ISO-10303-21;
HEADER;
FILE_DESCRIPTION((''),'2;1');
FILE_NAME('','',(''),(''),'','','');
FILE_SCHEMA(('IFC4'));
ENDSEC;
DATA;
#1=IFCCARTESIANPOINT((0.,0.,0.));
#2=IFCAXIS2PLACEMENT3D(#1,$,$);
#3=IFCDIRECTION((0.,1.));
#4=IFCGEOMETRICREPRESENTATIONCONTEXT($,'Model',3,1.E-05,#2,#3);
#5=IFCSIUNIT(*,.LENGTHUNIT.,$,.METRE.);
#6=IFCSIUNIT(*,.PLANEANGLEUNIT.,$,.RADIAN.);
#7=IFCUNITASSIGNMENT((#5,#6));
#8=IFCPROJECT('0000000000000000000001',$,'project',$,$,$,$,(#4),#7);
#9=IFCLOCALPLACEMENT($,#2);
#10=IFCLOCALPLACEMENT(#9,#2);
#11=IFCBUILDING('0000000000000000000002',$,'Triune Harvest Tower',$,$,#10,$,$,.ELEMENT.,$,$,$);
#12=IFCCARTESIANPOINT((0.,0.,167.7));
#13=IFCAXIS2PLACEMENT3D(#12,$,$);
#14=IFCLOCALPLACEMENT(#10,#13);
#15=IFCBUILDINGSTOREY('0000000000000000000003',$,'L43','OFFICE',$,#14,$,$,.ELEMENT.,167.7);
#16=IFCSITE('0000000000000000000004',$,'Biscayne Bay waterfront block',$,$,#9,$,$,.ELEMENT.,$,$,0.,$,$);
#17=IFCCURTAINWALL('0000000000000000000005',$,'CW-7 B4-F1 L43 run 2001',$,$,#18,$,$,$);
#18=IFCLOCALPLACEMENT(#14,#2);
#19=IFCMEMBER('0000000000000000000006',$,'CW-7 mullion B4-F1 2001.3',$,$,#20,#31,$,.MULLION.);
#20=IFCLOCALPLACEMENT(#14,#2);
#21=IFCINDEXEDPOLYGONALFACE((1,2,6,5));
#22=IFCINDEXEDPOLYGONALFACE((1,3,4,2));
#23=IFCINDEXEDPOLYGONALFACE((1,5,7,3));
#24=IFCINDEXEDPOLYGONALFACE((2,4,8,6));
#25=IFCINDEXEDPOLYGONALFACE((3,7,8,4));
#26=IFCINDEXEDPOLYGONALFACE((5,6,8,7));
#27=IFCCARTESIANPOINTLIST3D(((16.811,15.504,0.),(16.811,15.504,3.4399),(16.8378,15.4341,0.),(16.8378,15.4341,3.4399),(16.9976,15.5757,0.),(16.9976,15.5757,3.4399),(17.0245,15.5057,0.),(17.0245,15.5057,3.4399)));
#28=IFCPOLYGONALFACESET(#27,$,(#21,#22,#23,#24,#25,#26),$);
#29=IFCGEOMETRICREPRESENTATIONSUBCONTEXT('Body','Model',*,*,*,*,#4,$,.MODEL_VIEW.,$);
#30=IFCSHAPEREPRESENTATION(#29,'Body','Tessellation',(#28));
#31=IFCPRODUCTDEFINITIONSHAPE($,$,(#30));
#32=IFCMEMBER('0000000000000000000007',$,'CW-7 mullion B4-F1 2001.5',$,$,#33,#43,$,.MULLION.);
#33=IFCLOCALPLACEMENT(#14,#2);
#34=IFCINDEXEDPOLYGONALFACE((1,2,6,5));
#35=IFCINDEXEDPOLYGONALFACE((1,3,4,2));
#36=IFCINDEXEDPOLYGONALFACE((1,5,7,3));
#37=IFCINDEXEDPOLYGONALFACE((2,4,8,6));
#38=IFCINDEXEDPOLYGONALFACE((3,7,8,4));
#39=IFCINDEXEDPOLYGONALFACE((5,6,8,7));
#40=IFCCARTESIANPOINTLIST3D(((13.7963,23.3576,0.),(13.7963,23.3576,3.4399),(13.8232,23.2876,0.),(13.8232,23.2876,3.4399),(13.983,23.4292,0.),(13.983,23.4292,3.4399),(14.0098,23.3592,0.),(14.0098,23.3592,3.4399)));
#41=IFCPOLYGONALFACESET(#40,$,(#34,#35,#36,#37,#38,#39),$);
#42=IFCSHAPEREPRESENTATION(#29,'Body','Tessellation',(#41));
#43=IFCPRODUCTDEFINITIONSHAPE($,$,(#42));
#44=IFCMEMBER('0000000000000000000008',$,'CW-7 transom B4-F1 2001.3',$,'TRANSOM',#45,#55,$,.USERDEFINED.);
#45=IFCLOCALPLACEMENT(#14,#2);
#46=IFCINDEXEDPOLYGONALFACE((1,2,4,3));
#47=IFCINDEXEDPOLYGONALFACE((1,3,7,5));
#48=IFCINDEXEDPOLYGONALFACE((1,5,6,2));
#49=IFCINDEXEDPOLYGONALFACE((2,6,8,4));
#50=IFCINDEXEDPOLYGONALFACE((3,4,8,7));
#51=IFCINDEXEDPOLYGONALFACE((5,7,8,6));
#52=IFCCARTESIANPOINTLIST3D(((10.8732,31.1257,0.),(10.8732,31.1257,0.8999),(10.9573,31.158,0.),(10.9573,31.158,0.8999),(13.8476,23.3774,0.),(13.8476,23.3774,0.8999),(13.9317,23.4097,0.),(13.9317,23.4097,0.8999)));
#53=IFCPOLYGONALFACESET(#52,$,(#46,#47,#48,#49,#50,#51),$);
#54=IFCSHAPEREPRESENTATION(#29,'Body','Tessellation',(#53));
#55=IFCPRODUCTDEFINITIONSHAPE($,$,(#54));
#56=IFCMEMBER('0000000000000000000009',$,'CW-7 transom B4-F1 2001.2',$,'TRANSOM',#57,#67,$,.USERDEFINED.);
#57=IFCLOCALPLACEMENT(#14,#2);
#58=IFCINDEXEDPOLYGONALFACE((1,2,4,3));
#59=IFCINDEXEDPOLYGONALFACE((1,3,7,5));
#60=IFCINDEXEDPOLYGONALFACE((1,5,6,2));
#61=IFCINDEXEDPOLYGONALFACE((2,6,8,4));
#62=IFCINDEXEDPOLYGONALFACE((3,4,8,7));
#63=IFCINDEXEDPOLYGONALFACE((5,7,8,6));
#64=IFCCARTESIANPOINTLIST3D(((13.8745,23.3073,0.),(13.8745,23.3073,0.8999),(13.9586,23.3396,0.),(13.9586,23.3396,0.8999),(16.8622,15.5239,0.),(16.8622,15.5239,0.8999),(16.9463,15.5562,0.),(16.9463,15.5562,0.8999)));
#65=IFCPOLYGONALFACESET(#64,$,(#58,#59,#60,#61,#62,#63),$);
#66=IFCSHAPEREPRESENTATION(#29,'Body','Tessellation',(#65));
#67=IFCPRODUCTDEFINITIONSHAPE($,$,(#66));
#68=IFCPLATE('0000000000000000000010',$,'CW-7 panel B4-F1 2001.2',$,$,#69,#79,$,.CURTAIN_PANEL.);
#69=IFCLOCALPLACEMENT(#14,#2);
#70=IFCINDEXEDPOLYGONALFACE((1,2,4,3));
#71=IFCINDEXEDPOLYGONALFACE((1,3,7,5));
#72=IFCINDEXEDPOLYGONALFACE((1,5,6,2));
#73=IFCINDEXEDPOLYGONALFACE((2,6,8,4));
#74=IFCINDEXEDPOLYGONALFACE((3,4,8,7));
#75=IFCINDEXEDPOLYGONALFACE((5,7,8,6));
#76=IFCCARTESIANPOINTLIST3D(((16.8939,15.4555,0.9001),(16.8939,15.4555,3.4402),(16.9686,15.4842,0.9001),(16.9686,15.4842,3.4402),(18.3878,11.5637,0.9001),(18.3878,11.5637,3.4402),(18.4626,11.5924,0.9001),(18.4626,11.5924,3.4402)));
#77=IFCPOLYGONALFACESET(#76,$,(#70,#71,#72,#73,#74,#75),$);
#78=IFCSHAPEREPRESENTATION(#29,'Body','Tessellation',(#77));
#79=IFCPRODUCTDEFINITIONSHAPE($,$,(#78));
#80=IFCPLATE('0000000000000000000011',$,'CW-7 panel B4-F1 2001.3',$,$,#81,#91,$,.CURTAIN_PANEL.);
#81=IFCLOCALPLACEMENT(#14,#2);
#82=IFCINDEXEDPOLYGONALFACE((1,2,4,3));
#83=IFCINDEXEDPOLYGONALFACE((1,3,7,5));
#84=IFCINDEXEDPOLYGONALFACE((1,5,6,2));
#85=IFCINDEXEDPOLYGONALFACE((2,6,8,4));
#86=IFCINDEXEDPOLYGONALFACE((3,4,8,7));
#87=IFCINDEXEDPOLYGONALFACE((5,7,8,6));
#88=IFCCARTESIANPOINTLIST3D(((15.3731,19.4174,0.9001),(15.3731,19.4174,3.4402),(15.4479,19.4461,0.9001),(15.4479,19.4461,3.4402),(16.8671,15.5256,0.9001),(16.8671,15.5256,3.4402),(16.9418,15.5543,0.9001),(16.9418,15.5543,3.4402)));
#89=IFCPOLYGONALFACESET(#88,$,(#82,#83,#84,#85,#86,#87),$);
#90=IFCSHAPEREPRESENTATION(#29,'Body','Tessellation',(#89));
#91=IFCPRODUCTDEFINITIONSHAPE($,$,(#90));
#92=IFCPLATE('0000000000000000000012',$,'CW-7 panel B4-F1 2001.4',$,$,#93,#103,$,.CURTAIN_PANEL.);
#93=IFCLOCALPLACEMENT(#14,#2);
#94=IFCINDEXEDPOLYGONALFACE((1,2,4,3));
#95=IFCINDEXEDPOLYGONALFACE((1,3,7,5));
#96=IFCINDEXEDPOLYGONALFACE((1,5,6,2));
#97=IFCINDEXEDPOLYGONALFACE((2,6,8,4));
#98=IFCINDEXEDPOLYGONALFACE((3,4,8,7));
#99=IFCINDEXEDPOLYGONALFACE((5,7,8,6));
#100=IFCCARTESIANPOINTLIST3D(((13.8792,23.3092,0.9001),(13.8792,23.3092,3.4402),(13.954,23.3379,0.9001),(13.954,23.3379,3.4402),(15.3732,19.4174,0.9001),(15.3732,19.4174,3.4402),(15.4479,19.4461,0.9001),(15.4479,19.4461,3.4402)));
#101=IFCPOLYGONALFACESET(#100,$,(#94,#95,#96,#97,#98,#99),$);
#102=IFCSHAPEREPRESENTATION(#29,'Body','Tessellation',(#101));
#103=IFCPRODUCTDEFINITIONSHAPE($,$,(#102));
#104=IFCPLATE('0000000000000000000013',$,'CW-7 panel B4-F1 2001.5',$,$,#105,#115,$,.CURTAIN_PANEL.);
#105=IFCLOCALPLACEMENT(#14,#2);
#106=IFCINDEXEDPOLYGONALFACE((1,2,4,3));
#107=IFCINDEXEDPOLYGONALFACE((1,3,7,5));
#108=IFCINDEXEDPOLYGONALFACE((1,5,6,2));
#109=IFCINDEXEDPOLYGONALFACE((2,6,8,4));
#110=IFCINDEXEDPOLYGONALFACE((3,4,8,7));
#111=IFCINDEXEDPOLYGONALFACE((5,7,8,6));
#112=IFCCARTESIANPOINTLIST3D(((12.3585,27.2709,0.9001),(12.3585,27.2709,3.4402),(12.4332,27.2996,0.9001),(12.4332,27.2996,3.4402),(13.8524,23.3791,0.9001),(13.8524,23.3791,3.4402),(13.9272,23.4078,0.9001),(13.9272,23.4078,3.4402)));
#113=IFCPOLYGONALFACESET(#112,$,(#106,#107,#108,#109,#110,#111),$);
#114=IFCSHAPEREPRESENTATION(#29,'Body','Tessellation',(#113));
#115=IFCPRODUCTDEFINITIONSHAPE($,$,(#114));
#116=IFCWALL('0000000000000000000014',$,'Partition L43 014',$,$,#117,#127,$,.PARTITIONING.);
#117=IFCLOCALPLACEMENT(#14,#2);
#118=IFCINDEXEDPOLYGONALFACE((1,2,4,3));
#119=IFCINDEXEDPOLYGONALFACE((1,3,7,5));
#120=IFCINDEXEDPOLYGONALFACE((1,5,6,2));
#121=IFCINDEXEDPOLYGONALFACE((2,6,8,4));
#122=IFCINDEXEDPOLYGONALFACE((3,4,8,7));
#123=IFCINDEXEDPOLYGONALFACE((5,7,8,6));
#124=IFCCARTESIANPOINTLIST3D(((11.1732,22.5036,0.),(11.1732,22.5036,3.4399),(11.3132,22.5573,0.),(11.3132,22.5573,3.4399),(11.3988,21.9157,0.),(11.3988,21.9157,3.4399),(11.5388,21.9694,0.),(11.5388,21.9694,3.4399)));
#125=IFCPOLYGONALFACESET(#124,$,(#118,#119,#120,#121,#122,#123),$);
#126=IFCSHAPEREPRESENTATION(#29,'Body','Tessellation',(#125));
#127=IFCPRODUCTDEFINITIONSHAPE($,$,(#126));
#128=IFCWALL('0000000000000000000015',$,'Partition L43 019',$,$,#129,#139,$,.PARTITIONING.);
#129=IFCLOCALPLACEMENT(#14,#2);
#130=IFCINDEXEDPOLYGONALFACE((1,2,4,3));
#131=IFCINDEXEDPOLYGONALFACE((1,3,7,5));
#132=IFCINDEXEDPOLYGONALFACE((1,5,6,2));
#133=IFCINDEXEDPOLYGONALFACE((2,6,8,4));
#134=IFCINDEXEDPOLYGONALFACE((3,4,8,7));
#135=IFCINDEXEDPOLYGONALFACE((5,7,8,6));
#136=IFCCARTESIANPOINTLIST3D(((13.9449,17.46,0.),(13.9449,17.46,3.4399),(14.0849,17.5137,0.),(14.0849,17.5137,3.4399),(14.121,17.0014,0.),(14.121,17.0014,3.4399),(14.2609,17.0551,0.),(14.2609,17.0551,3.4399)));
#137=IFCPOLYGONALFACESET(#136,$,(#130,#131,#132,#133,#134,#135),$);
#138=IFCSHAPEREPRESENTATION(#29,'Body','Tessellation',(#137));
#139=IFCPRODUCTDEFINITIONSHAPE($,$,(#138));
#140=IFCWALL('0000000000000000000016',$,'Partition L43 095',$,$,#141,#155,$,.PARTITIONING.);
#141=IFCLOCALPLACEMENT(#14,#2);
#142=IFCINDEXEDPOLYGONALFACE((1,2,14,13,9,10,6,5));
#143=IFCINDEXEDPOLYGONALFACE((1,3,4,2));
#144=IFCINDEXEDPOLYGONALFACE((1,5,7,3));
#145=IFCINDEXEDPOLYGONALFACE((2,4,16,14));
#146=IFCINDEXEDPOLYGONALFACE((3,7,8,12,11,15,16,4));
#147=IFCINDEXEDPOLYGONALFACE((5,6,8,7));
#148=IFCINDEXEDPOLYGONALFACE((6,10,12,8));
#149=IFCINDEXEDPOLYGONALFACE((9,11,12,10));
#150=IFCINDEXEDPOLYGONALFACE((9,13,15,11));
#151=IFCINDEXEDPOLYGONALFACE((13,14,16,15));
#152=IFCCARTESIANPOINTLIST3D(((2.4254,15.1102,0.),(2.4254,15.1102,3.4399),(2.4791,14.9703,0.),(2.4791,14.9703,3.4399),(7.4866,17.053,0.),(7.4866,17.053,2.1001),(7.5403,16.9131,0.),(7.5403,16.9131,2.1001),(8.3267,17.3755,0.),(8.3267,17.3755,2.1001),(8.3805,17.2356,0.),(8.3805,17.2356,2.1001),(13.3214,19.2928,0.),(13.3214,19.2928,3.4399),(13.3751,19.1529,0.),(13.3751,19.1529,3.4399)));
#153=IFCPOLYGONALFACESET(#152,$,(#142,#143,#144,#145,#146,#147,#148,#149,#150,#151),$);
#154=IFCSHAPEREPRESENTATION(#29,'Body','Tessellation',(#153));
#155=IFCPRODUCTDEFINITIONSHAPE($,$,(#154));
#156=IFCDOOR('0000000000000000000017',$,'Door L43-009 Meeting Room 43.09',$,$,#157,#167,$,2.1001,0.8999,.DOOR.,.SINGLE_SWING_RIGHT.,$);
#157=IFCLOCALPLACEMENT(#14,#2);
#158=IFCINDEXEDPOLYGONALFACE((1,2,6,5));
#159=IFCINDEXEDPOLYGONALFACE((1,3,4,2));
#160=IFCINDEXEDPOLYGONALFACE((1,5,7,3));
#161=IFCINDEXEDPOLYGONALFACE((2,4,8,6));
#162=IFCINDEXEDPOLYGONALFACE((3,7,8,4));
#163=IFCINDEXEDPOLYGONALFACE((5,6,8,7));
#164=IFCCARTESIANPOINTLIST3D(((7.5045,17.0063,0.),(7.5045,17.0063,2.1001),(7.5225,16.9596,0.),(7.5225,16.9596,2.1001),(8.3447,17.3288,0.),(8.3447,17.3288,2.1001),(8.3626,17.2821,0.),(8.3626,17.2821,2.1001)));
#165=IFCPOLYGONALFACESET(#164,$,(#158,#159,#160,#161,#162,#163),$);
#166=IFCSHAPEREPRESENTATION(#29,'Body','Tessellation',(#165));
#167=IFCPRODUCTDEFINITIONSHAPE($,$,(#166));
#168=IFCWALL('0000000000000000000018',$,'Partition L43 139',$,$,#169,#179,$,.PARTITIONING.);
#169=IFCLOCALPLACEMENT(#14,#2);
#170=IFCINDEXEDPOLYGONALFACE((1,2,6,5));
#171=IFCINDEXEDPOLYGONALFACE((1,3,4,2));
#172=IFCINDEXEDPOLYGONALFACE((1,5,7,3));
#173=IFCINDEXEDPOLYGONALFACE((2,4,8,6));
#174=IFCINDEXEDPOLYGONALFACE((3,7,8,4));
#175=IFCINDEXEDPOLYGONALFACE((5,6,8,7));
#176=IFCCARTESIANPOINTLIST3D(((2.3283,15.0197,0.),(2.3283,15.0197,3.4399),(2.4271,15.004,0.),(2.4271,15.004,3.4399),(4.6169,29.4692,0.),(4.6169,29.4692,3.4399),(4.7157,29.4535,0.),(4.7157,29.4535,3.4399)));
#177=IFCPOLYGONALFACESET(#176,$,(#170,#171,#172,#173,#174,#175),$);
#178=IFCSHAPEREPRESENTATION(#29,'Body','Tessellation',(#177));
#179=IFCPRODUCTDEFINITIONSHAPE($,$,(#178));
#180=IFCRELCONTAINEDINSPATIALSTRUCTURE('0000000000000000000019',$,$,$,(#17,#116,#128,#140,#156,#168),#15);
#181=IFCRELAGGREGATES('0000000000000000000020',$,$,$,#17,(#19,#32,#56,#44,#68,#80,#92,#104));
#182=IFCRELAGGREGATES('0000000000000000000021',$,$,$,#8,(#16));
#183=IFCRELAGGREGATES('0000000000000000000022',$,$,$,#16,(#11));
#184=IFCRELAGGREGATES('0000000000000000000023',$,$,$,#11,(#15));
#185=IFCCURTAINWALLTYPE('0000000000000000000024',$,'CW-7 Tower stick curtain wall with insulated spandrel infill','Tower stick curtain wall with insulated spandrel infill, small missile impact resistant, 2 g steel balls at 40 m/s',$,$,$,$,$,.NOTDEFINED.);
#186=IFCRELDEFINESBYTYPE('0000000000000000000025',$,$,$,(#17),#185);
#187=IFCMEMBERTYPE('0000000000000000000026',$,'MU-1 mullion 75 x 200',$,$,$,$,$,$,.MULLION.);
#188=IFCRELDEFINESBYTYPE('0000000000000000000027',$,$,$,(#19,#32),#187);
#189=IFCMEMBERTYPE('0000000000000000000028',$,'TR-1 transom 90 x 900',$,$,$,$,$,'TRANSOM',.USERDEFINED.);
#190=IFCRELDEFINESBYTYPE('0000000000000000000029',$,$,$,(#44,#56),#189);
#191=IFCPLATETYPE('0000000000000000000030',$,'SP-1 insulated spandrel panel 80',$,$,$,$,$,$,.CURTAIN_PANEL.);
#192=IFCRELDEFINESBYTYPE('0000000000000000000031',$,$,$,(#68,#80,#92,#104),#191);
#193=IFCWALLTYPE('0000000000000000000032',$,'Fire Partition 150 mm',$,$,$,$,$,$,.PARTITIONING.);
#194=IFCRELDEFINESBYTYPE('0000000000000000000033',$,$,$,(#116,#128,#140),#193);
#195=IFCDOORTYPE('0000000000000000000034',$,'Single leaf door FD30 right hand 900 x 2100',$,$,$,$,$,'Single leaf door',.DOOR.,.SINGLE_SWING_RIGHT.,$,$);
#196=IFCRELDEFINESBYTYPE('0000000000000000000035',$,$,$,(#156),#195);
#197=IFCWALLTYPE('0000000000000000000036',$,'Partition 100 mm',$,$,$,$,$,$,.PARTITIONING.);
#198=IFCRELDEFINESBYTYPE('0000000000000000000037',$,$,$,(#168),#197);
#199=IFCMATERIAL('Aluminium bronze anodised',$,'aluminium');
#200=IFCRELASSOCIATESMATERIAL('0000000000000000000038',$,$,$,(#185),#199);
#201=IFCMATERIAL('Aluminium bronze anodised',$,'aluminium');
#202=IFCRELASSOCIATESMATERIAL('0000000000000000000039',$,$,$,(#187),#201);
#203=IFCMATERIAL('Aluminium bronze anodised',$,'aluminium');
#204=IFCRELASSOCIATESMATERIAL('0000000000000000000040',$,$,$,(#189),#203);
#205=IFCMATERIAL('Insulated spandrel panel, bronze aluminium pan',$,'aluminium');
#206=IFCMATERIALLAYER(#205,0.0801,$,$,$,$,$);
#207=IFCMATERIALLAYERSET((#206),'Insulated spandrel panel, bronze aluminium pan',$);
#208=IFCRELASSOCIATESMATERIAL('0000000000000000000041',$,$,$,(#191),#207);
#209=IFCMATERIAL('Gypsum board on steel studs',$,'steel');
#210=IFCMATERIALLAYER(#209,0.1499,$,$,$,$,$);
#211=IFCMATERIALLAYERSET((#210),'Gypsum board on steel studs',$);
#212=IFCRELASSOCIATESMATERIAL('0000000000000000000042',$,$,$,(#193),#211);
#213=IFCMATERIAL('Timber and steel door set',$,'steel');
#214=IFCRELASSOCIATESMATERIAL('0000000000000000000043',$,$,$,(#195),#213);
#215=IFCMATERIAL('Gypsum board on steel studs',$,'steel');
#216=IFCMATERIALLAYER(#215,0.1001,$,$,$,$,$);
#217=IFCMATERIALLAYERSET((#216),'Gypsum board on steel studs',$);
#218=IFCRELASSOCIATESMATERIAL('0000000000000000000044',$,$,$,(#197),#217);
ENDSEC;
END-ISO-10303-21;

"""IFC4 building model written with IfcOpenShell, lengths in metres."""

from ifc_helpers import new_model, si_unit, direction, frame, frame_2d, origin, origin_2d, place, context, subcontext, project, spatial, rectangle, extrude, source, transform, mapped, material, layer, layer_set, material_profile, profile_set, type_object, element, fill, aggregate, save


model = new_model("IFC4")

# Units and contexts
model_context = context("Model", 3, precision=1e-05, world=origin(), true_north=direction((0.0, 1.0)))
body_context = subcontext(model_context, "Body", "Model", "MODEL_VIEW")
ifc_project = project(units=[si_unit("LENGTHUNIT", "METRE"), si_unit("PLANEANGLEUNIT", "RADIAN")], contexts=[model_context])

# Site, building, storey
site_placement = place(None, origin())
site = spatial("IfcSite", under=ifc_project, at=site_placement, Name="Biscayne Bay waterfront block", CompositionType="ELEMENT", RefElevation=0.0)
building_placement = place(site_placement, origin())
building = spatial("IfcBuilding", under=site, at=building_placement, Name="Triune Harvest Tower", CompositionType="ELEMENT")
storey_placement = place(building_placement, frame((0.0, 0.0, 167.7)))
storey = spatial("IfcBuildingStorey", under=building, at=storey_placement, Name="L43", Description="OFFICE", CompositionType="ELEMENT", Elevation=167.7)

# Curtain wall, members, plates
ifc_material_1 = material(Name="Aluminium bronze anodised", Category="aluminium")
curtain_wall_type = type_object("IfcCurtainWallType", Name="CW-7 Tower stick curtain wall with insulated spandrel infill", Description="Tower stick curtain wall with insulated spandrel infill, small missile impact resistant, 2 g steel balls at 40 m/s", PredefinedType="NOTDEFINED", material=ifc_material_1)
curtain_wall_placement = place(storey_placement, origin())
curtain_wall = element("IfcCurtainWall", 1, at=curtain_wall_placement, inside=storey, type_object=curtain_wall_type, Name="CW-7 B4-F1 L43 run 2001")
ifc_material_2 = material(Name="Aluminium bronze anodised", Category="aluminium")
ifc_material_profile_1 = material_profile(ifc_material_2, rectangle(XDim=0.2, YDim=0.075, at=origin_2d()), Name="MU-1 mullion 75 x 200")
ifc_profile_set_1 = profile_set([ifc_material_profile_1], Name="Aluminium bronze anodised")
member_type_1 = type_object("IfcMemberType", Name="MU-1 mullion 75 x 200", PredefinedType="MULLION", material=ifc_profile_set_1)
shared_shape_1 = source(origin(), body_context, "Body", "SweptSolid", [
    extrude(rectangle(XDim=0.2, YDim=0.075, at=origin_2d()), origin(), (0.0, 0.0, 1.0), 3.4399),
])
member_1_placement = place(storey_placement, frame((16.9177, 15.5049, 0.0), z_axis=(0.0, 0.0, 1.0), x_axis=(-0.933581, -0.358368, 0.0)))
member_1 = element("IfcMember", 2, at=member_1_placement, type_object=member_type_1, Name="CW-7 mullion B4-F1 2001.3", PredefinedType="MULLION", context=body_context, shape_type="MappedRepresentation", body=[
    mapped(shared_shape_1, transform((0.0, 0.0, 0.0), scale=1.0)),
])
member_2_placement = place(storey_placement, frame((13.9031, 23.3584, 0.0), z_axis=(0.0, 0.0, 1.0), x_axis=(-0.933581, -0.358368, 0.0)))
member_2 = element("IfcMember", 3, at=member_2_placement, type_object=member_type_1, Name="CW-7 mullion B4-F1 2001.5", PredefinedType="MULLION", context=body_context, shape_type="MappedRepresentation", body=[
    mapped(shared_shape_1, transform((0.0, 0.0, 0.0), scale=1.0)),
])
ifc_material_3 = material(Name="Aluminium bronze anodised", Category="aluminium")
ifc_material_profile_2 = material_profile(ifc_material_3, rectangle(XDim=0.0901, YDim=0.8999, at=origin_2d()), Name="TR-1 transom 90 x 900")
ifc_profile_set_2 = profile_set([ifc_material_profile_2], Name="Aluminium bronze anodised")
member_type_2 = type_object("IfcMemberType", Name="TR-1 transom 90 x 900", ElementType="TRANSOM", PredefinedType="USERDEFINED", material=ifc_profile_set_2)
shared_shape_2 = source(origin(), body_context, "Body", "SweptSolid", [
    extrude(rectangle(XDim=0.0901, YDim=0.8999, at=origin_2d()), origin(), (0.0, 0.0, 1.0), 8.2996),
])
member_3_placement = place(storey_placement, frame((13.8896, 23.3936, 0.45), z_axis=(-0.358376, 0.933577, 0.0), x_axis=(-0.933577, -0.358376, 0.0)))
member_3 = element("IfcMember", 4, at=member_3_placement, type_object=member_type_2, Name="CW-7 transom B4-F1 2001.3", ObjectType="TRANSOM", PredefinedType="USERDEFINED", context=body_context, shape_type="MappedRepresentation", body=[
    mapped(shared_shape_2, transform((0.0, 0.0, 0.0), scale=1.0)),
])
shared_shape_3 = source(origin(), body_context, "Body", "SweptSolid", [
    extrude(rectangle(XDim=0.0901, YDim=0.8999, at=origin_2d()), origin(), (0.0, 0.0, 1.0), 8.3372),
])
member_4_placement = place(storey_placement, frame((16.9043, 15.54, 0.45), z_axis=(-0.358369, 0.93358, 0.0), x_axis=(-0.93358, -0.358369, 0.0)))
member_4 = element("IfcMember", 5, at=member_4_placement, type_object=member_type_2, Name="CW-7 transom B4-F1 2001.2", ObjectType="TRANSOM", PredefinedType="USERDEFINED", context=body_context, shape_type="MappedRepresentation", body=[
    mapped(shared_shape_3, transform((0.0, 0.0, 0.0), scale=1.0)),
])
ifc_material_4 = material(Name="Insulated spandrel panel, bronze aluminium pan", Category="aluminium")
ifc_layer_1 = layer(ifc_material_4, 0.0801)
ifc_layer_set_1 = layer_set([ifc_layer_1], Name="Insulated spandrel panel, bronze aluminium pan")
plate_type = type_object("IfcPlateType", Name="SP-1 insulated spandrel panel 80", PredefinedType="CURTAIN_PANEL", material=ifc_layer_set_1)
shared_shape_4 = source(origin(), body_context, "Body", "SweptSolid", [
    extrude(rectangle(XDim=4.1687, YDim=0.0801, at=origin_2d()), origin(), (0.0, 0.0, 1.0), 2.54),
])
plate_1_placement = place(storey_placement, frame((17.6782, 13.5239, 0.9001), z_axis=(0.0, 0.0, 1.0), x_axis=(-0.358368, 0.933581, 0.0)))
plate_1 = element("IfcPlate", 6, at=plate_1_placement, type_object=plate_type, Name="CW-7 panel B4-F1 2001.2", PredefinedType="CURTAIN_PANEL", context=body_context, shape_type="MappedRepresentation", body=[
    mapped(shared_shape_4, transform((0.0, 0.0, 0.0), scale=1.0)),
])
plate_2_placement = place(storey_placement, frame((16.1575, 17.4858, 0.9001), z_axis=(0.0, 0.0, 1.0), x_axis=(-0.358368, 0.933581, 0.0)))
plate_2 = element("IfcPlate", 7, at=plate_2_placement, type_object=plate_type, Name="CW-7 panel B4-F1 2001.3", PredefinedType="CURTAIN_PANEL", context=body_context, shape_type="MappedRepresentation", body=[
    mapped(shared_shape_4, transform((0.0, 0.0, 0.0), scale=1.0)),
])
plate_3_placement = place(storey_placement, frame((14.6636, 21.3777, 0.9001), z_axis=(0.0, 0.0, 1.0), x_axis=(-0.358368, 0.933581, 0.0)))
plate_3 = element("IfcPlate", 8, at=plate_3_placement, type_object=plate_type, Name="CW-7 panel B4-F1 2001.4", PredefinedType="CURTAIN_PANEL", context=body_context, shape_type="MappedRepresentation", body=[
    mapped(shared_shape_4, transform((0.0, 0.0, 0.0), scale=1.0)),
])
plate_4_placement = place(storey_placement, frame((13.1428, 25.3394, 0.9001), z_axis=(0.0, 0.0, 1.0), x_axis=(-0.358368, 0.933581, 0.0)))
plate_4 = element("IfcPlate", 9, at=plate_4_placement, type_object=plate_type, Name="CW-7 panel B4-F1 2001.5", PredefinedType="CURTAIN_PANEL", context=body_context, shape_type="MappedRepresentation", body=[
    mapped(shared_shape_4, transform((0.0, 0.0, 0.0), scale=1.0)),
])
aggregate(curtain_wall, [member_1, member_2, member_4, member_3, plate_1, plate_2, plate_3, plate_4])

# Walls
ifc_material_5 = material(Name="Gypsum board on steel studs", Category="steel")
ifc_layer_2 = layer(ifc_material_5, 0.1499)
ifc_layer_set_2 = layer_set([ifc_layer_2], Name="Gypsum board on steel studs")
wall_type_1 = type_object("IfcWallType", Name="Fire Partition 150 mm", PredefinedType="PARTITIONING", material=ifc_layer_set_2)
wall_1_placement = place(storey_placement, frame((11.2432, 22.5305, 0.0), z_axis=(0.0, 0.0, 1.0), x_axis=(0.358251, -0.933625, 0.0)))
element("IfcWall", 10, at=wall_1_placement, inside=storey, type_object=wall_type_1, Name="Partition L43 014", PredefinedType="PARTITIONING", context=body_context, shape_type="SweptSolid", body=[
    extrude(rectangle(XDim=0.6296, YDim=0.1499, at=frame_2d((0.3149, 0.0))), origin(), (0.0, 0.0, 1.0), 3.4399),
])
wall_2_placement = place(storey_placement, frame((14.0149, 17.4868, 0.0), z_axis=(0.0, 0.0, 1.0), x_axis=(0.358413, -0.933563, 0.0)))
element("IfcWall", 11, at=wall_2_placement, inside=storey, type_object=wall_type_1, Name="Partition L43 019", PredefinedType="PARTITIONING", context=body_context, shape_type="SweptSolid", body=[
    extrude(rectangle(XDim=0.4912, YDim=0.1499, at=frame_2d((0.2456, 0.0))), origin(), (0.0, 0.0, 1.0), 3.4399),
])

# Wall, opening, door
wall_3_placement = place(storey_placement, frame((2.4524, 15.0403, 0.0), z_axis=(0.0, 0.0, 1.0), x_axis=(0.933579, 0.358371, 0.0)))
wall_3 = element("IfcWall", 12, at=wall_3_placement, inside=storey, type_object=wall_type_1, Name="Partition L43 095", PredefinedType="PARTITIONING", context=body_context, shape_type="SweptSolid", body=[
    extrude(rectangle(XDim=11.6711, YDim=0.1499, at=frame_2d((5.8354, 0.0))), origin(), (0.0, 0.0, 1.0), 3.4399),
])
opening_1_placement = place(wall_3_placement, frame((5.4211, 0.0, 0.0)))
opening_1 = element("IfcOpeningElement", 13, at=opening_1_placement, cuts=wall_3, PredefinedType="OPENING", context=body_context, shape_type="SweptSolid", body=[
    extrude(rectangle(XDim=0.8999, YDim=2.1001, at=frame_2d((0.45, 1.05))), frame((0.0, 0.085, 0.0), z_axis=(0.0, -1.0, 0.0), x_axis=(1.0, 0.0, 0.0)), (0.0, 0.0, 1.0), 0.1699),
])
ifc_material_6 = material(Name="Timber and steel door set", Category="steel")
door_type_1 = type_object("IfcDoorType", Name="Single leaf door FD30 right hand 900 x 2100", ElementType="Single leaf door", OperationType="SINGLE_SWING_RIGHT", PredefinedType="DOOR", material=ifc_material_6)
door_1_placement = place(opening_1_placement, origin())
door_1 = element("IfcDoor", 14, at=door_1_placement, inside=storey, type_object=door_type_1, Name="Door L43-009 Meeting Room 43.09", OperationType="SINGLE_SWING_RIGHT", OverallHeight=2.1001, OverallWidth=0.8999, PredefinedType="DOOR", context=body_context, shape_type="SweptSolid", body=[
    extrude(rectangle(XDim=0.8999, YDim=2.1001, at=frame_2d((0.45, 1.05))), frame((0.0, 0.0249, 0.0), z_axis=(0.0, -1.0, 0.0), x_axis=(1.0, 0.0, 0.0)), (0.0, 0.0, 1.0), 0.05),
])
fill(opening_1, door_1)

# Wall
ifc_material_7 = material(Name="Gypsum board on steel studs", Category="steel")
ifc_layer_3 = layer(ifc_material_7, 0.1001)
ifc_layer_set_3 = layer_set([ifc_layer_3], Name="Gypsum board on steel studs")
wall_type_2 = type_object("IfcWallType", Name="Partition 100 mm", PredefinedType="PARTITIONING", material=ifc_layer_set_3)
wall_4_placement = place(storey_placement, frame((2.3777, 15.0117, 0.0), z_axis=(0.0, 0.0, 1.0), x_axis=(0.156435, 0.987688, 0.0)))
element("IfcWall", 15, at=wall_4_placement, inside=storey, type_object=wall_type_2, Name="Partition L43 139", PredefinedType="PARTITIONING", context=body_context, shape_type="SweptSolid", body=[
    extrude(rectangle(XDim=14.6296, YDim=0.1001, at=frame_2d((7.3149, 0.0))), origin(), (0.0, 0.0, 1.0), 3.4399),
])

save(model, "model.ifc")
